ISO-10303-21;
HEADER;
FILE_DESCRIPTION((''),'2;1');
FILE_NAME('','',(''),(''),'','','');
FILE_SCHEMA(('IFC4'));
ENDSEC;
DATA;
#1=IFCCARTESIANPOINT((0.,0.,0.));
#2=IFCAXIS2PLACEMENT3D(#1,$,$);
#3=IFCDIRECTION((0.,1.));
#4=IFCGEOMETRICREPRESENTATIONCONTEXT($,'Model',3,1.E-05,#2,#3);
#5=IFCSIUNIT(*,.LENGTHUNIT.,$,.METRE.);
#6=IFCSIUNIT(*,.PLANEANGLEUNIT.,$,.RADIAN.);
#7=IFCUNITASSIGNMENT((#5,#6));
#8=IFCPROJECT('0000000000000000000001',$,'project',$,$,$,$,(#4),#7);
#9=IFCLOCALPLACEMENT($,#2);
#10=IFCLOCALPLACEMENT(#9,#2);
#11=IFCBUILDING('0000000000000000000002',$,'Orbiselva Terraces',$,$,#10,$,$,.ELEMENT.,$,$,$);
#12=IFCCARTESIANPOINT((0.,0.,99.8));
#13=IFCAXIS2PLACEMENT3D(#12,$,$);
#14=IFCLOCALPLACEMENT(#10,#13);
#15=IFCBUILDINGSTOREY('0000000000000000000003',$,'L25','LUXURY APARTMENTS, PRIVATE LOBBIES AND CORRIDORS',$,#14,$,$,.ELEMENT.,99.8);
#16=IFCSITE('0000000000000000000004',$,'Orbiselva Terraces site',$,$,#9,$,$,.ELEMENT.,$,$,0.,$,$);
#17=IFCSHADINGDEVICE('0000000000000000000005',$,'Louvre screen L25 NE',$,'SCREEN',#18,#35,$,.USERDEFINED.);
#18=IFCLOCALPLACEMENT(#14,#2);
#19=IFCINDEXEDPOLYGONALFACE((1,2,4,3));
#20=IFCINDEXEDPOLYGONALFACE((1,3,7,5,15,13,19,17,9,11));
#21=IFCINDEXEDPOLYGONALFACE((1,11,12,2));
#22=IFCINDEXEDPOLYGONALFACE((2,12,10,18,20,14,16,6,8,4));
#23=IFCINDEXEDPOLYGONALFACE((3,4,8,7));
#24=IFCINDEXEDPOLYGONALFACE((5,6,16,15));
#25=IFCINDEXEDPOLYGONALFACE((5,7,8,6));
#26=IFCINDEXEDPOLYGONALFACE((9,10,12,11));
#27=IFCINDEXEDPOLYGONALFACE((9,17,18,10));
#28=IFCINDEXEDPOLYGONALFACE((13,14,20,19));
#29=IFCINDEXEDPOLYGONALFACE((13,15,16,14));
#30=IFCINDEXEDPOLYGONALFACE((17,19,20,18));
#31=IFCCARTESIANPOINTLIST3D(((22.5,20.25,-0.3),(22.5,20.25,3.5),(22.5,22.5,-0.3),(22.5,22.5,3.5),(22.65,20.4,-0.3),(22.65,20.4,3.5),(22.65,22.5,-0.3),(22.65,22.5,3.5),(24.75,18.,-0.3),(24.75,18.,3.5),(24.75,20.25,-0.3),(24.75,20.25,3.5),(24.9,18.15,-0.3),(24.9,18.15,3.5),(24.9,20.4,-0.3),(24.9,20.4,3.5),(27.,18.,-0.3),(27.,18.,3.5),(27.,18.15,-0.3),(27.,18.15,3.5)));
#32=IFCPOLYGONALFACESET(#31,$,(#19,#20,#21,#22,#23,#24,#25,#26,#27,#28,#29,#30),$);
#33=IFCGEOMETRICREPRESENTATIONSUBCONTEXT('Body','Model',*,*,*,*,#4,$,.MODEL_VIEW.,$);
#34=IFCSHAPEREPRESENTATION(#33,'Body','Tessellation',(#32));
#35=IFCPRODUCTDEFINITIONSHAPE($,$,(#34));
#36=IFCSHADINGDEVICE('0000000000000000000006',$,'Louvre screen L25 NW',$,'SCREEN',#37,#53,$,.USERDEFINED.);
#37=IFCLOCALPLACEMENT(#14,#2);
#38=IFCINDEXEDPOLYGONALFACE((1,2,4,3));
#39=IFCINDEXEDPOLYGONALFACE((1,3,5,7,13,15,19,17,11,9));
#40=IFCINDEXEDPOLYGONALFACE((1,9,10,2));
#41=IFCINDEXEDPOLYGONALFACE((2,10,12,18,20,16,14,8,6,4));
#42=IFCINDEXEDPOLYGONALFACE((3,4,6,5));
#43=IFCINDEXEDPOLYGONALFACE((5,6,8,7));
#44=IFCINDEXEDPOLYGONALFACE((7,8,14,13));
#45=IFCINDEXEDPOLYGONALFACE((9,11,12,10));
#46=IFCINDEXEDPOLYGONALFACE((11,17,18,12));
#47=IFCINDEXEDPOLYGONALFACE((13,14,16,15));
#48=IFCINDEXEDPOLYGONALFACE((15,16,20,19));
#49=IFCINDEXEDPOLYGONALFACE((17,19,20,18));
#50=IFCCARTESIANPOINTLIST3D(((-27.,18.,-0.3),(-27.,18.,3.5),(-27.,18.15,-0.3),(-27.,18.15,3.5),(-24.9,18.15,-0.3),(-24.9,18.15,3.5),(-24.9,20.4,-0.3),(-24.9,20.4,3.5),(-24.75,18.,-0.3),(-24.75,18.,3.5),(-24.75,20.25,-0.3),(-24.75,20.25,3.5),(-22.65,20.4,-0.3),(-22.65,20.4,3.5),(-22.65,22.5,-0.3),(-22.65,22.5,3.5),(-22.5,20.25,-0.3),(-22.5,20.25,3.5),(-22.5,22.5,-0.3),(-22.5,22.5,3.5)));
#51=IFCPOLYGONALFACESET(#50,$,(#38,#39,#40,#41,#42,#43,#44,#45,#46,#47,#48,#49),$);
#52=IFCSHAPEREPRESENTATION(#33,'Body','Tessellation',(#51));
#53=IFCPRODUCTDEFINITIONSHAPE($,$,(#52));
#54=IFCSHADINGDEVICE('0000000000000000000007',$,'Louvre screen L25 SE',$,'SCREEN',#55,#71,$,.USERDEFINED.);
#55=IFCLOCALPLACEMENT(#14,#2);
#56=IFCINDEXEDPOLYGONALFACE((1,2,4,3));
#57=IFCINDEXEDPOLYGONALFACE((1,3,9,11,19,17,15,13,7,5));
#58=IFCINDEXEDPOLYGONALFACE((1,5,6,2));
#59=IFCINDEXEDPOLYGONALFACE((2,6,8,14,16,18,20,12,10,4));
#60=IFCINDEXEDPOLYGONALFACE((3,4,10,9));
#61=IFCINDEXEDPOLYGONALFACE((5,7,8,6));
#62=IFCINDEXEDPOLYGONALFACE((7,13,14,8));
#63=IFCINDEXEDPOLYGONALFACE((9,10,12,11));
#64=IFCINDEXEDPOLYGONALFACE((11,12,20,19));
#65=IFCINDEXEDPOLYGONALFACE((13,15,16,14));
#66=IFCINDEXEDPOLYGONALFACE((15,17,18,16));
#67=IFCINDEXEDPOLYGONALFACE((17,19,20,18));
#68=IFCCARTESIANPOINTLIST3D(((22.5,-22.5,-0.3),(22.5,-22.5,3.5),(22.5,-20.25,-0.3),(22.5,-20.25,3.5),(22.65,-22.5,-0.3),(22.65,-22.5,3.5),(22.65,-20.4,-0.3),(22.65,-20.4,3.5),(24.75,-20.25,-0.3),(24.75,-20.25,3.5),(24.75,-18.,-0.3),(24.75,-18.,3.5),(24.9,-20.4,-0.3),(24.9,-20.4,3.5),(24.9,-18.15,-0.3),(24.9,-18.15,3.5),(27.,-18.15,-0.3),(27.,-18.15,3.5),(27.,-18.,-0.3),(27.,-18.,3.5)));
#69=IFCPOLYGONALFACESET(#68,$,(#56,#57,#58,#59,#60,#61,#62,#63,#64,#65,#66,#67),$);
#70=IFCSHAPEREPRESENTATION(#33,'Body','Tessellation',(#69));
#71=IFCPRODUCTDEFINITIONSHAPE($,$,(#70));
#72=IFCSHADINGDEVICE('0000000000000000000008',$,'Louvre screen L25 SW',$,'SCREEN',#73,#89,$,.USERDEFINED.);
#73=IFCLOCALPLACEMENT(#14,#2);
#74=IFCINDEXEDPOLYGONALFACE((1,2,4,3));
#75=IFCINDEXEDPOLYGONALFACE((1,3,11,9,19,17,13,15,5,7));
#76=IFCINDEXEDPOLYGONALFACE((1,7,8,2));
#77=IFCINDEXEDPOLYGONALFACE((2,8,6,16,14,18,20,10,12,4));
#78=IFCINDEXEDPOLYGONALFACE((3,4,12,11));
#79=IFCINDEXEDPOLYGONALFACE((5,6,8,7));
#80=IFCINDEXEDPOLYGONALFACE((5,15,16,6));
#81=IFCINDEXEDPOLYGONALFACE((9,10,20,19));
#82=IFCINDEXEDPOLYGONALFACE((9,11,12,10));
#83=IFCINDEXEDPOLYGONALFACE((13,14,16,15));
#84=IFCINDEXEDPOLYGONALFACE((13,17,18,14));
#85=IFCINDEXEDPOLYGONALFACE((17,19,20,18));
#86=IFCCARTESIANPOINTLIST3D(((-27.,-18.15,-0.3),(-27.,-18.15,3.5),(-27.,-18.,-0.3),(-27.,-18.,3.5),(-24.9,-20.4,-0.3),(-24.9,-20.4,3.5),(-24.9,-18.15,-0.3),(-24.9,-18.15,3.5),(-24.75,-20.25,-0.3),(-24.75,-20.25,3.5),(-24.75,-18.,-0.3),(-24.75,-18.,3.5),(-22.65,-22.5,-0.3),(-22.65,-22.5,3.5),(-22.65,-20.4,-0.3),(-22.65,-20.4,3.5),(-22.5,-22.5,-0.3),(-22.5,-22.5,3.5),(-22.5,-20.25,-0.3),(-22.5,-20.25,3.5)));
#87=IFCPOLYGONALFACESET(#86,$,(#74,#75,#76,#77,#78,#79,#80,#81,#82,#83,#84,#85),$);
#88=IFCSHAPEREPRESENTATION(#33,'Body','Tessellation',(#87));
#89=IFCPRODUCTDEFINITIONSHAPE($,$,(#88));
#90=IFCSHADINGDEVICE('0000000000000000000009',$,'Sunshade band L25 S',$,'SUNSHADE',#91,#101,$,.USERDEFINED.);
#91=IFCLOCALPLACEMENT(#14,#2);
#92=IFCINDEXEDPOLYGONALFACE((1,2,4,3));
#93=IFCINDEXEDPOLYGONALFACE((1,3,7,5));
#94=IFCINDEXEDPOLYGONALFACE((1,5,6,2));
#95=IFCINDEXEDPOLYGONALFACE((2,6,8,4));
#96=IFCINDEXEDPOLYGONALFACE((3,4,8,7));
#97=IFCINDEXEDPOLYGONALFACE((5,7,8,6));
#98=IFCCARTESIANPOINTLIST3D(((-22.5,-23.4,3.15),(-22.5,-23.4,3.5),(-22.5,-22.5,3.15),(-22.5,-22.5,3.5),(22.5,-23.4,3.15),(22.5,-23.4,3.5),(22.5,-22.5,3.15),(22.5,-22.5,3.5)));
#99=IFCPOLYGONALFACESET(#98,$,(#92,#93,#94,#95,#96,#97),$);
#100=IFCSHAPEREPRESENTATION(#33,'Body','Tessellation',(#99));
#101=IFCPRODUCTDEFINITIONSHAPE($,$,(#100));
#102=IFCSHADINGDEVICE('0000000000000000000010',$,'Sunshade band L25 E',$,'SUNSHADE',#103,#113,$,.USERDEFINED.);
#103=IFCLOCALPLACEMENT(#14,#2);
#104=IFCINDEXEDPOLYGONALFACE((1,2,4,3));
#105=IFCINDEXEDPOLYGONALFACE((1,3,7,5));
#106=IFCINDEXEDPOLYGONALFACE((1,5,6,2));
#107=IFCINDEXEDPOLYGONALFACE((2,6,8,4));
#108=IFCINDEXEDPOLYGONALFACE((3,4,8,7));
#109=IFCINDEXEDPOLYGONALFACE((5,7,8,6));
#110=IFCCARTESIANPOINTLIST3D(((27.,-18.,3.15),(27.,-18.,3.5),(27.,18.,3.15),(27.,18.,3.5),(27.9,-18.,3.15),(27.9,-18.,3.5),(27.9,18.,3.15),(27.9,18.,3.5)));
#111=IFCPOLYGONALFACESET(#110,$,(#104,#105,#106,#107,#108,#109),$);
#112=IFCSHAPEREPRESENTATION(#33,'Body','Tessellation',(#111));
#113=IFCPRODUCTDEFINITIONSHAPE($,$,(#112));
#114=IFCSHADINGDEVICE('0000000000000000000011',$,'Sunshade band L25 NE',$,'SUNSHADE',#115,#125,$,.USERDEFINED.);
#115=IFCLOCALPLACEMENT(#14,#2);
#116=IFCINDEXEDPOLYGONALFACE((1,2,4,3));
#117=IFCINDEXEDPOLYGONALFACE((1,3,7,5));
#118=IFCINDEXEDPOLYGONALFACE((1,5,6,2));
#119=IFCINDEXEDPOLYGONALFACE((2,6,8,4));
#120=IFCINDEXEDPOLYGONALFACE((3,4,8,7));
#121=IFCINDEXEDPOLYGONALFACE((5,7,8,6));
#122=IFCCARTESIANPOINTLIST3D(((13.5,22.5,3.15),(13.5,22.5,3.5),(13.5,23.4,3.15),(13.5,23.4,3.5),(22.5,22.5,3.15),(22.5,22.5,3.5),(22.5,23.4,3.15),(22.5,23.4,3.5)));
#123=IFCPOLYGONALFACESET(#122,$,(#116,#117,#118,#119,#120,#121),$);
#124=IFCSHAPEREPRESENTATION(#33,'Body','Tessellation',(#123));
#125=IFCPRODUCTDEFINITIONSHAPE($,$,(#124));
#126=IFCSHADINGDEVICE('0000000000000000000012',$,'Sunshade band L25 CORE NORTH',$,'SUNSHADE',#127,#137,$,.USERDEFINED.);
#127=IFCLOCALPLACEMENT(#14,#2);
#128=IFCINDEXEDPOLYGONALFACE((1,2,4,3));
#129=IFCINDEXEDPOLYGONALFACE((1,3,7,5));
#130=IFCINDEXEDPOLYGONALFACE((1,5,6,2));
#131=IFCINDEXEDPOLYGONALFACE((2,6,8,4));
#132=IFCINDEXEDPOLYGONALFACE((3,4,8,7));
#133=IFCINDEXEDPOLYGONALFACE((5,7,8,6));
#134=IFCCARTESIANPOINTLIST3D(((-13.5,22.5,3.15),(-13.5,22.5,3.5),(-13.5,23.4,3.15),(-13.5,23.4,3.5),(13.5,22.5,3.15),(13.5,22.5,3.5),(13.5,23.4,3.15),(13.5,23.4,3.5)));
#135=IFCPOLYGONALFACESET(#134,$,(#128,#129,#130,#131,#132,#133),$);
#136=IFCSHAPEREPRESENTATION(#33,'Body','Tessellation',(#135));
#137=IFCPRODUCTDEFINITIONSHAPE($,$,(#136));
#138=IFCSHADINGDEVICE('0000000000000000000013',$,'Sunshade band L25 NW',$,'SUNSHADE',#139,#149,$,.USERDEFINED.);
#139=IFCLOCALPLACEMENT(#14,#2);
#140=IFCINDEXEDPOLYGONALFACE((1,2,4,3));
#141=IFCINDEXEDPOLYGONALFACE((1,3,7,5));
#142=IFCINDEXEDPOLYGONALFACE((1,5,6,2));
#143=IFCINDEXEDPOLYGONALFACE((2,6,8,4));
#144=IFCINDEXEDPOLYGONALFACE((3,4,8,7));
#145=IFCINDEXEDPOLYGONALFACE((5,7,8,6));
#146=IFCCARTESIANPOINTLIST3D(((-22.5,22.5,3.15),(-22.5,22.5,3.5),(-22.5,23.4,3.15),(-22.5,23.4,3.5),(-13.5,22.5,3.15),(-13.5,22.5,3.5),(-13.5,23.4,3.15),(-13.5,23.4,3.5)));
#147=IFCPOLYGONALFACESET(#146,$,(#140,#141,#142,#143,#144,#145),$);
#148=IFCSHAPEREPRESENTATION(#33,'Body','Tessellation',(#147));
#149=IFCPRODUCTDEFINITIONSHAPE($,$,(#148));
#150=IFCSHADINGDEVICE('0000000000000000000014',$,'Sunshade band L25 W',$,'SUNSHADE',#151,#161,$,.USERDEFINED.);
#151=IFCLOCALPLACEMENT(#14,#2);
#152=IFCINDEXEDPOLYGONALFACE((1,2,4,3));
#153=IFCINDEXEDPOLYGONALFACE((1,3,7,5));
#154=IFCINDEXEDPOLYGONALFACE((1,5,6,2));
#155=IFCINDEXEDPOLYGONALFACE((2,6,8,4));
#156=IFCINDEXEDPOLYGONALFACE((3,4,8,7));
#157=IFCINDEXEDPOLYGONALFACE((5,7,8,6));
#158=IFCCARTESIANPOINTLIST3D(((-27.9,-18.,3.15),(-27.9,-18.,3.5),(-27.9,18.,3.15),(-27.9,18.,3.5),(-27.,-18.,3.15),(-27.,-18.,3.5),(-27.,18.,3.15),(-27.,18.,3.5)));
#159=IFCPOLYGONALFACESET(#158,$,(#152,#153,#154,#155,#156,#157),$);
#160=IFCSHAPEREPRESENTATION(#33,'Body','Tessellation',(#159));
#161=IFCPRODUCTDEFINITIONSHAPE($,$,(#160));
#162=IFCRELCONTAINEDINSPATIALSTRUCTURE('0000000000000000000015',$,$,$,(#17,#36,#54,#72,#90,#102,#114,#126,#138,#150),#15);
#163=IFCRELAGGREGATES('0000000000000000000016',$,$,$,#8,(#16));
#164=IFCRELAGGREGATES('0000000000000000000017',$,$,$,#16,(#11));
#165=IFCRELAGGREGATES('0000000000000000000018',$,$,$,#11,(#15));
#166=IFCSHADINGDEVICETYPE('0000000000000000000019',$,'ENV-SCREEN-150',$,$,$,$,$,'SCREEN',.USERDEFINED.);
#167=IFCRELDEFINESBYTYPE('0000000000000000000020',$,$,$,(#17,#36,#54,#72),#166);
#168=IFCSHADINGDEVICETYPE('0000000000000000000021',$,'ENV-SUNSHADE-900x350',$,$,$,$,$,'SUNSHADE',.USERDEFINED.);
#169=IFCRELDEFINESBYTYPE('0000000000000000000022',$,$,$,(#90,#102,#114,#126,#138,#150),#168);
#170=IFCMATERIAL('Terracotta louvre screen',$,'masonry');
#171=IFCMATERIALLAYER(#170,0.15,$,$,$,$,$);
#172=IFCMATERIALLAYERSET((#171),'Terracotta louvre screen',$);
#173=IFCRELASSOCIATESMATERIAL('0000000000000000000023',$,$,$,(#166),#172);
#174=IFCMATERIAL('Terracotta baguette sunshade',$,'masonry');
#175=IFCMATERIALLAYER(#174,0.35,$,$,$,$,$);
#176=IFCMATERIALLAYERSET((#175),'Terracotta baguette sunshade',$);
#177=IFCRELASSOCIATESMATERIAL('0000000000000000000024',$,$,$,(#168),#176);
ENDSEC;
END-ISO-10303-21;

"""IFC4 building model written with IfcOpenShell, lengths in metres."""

from ifc_helpers import new_model, si_unit, direction, frame, origin, place, context, subcontext, project, spatial, polyline, outline, extrude, material, layer, layer_set, type_object, element, save


model = new_model("IFC4")

# Units and contexts
model_context = context("Model", 3, precision=1e-05, world=origin(), true_north=direction((0.0, 1.0)))
body_context = subcontext(model_context, "Body", "Model", "MODEL_VIEW")
ifc_project = project(units=[si_unit("LENGTHUNIT", "METRE"), si_unit("PLANEANGLEUNIT", "RADIAN")], contexts=[model_context])

# Site, building, storey
site_placement = place(None, origin())
site = spatial("IfcSite", under=ifc_project, at=site_placement, Name="Orbiselva Terraces site", CompositionType="ELEMENT", RefElevation=0.0)
building_placement = place(site_placement, origin())
building = spatial("IfcBuilding", under=site, at=building_placement, Name="Orbiselva Terraces", CompositionType="ELEMENT")
storey_placement = place(building_placement, frame((0.0, 0.0, 99.8)))
storey = spatial("IfcBuildingStorey", under=building, at=storey_placement, Name="L25", Description="LUXURY APARTMENTS, PRIVATE LOBBIES AND CORRIDORS", CompositionType="ELEMENT", Elevation=99.8)

# Shading devices
ifc_material_1 = material(Name="Terracotta louvre screen", Category="masonry")
ifc_layer_1 = layer(ifc_material_1, 0.15)
ifc_layer_set_1 = layer_set([ifc_layer_1], Name="Terracotta louvre screen")
shading_device_type_1 = type_object("IfcShadingDeviceType", Name="ENV-SCREEN-150", ElementType="SCREEN", PredefinedType="USERDEFINED", material=ifc_layer_set_1)
shading_device_1_placement = place(storey_placement, frame((0.0, 0.0, -0.3)))
element("IfcShadingDevice", 1, at=shading_device_1_placement, inside=storey, type_object=shading_device_type_1, Name="Louvre screen L25 NE", ObjectType="SCREEN", PredefinedType="USERDEFINED", context=body_context, shape_type="SweptSolid", body=[
    extrude(outline(polyline([(27.0, 18.15), (24.9, 18.15), (24.9, 20.4), (22.65, 20.4), (22.65, 22.5), (22.5, 22.5), (22.5, 20.25), (24.75, 20.25), (24.75, 18.0), (27.0, 18.0), (27.0, 18.15)])), origin(), (0.0, 0.0, 1.0), 3.8),
])
shading_device_2_placement = place(storey_placement, frame((0.0, 0.0, -0.3)))
element("IfcShadingDevice", 2, at=shading_device_2_placement, inside=storey, type_object=shading_device_type_1, Name="Louvre screen L25 NW", ObjectType="SCREEN", PredefinedType="USERDEFINED", context=body_context, shape_type="SweptSolid", body=[
    extrude(outline(polyline([(-22.65, 22.5), (-22.65, 20.4), (-24.9, 20.4), (-24.9, 18.15), (-27.0, 18.15), (-27.0, 18.0), (-24.75, 18.0), (-24.75, 20.25), (-22.5, 20.25), (-22.5, 22.5), (-22.65, 22.5)])), origin(), (0.0, 0.0, 1.0), 3.8),
])
shading_device_3_placement = place(storey_placement, frame((0.0, 0.0, -0.3)))
element("IfcShadingDevice", 3, at=shading_device_3_placement, inside=storey, type_object=shading_device_type_1, Name="Louvre screen L25 SE", ObjectType="SCREEN", PredefinedType="USERDEFINED", context=body_context, shape_type="SweptSolid", body=[
    extrude(outline(polyline([(22.65, -22.5), (22.65, -20.4), (24.9, -20.4), (24.9, -18.15), (27.0, -18.15), (27.0, -18.0), (24.75, -18.0), (24.75, -20.25), (22.5, -20.25), (22.5, -22.5), (22.65, -22.5)])), origin(), (0.0, 0.0, 1.0), 3.8),
])
shading_device_4_placement = place(storey_placement, frame((0.0, 0.0, -0.3)))
element("IfcShadingDevice", 4, at=shading_device_4_placement, inside=storey, type_object=shading_device_type_1, Name="Louvre screen L25 SW", ObjectType="SCREEN", PredefinedType="USERDEFINED", context=body_context, shape_type="SweptSolid", body=[
    extrude(outline(polyline([(-27.0, -18.15), (-24.9, -18.15), (-24.9, -20.4), (-22.65, -20.4), (-22.65, -22.5), (-22.5, -22.5), (-22.5, -20.25), (-24.75, -20.25), (-24.75, -18.0), (-27.0, -18.0), (-27.0, -18.15)])), origin(), (0.0, 0.0, 1.0), 3.8),
])
ifc_material_2 = material(Name="Terracotta baguette sunshade", Category="masonry")
ifc_layer_2 = layer(ifc_material_2, 0.35)
ifc_layer_set_2 = layer_set([ifc_layer_2], Name="Terracotta baguette sunshade")
shading_device_type_2 = type_object("IfcShadingDeviceType", Name="ENV-SUNSHADE-900x350", ElementType="SUNSHADE", PredefinedType="USERDEFINED", material=ifc_layer_set_2)
shading_device_5_placement = place(storey_placement, frame((0.0, 0.0, 3.15)))
element("IfcShadingDevice", 5, at=shading_device_5_placement, inside=storey, type_object=shading_device_type_2, Name="Sunshade band L25 S", ObjectType="SUNSHADE", PredefinedType="USERDEFINED", context=body_context, shape_type="SweptSolid", body=[
    extrude(outline(polyline([(-22.5, -23.4), (22.5, -23.4), (22.5, -22.5), (-22.5, -22.5), (-22.5, -23.4)])), origin(), (0.0, 0.0, 1.0), 0.35),
])
shading_device_6_placement = place(storey_placement, frame((0.0, 0.0, 3.15)))
element("IfcShadingDevice", 6, at=shading_device_6_placement, inside=storey, type_object=shading_device_type_2, Name="Sunshade band L25 E", ObjectType="SUNSHADE", PredefinedType="USERDEFINED", context=body_context, shape_type="SweptSolid", body=[
    extrude(outline(polyline([(27.9, -18.0), (27.9, 18.0), (27.0, 18.0), (27.0, -18.0), (27.9, -18.0)])), origin(), (0.0, 0.0, 1.0), 0.35),
])
shading_device_7_placement = place(storey_placement, frame((0.0, 0.0, 3.15)))
element("IfcShadingDevice", 7, at=shading_device_7_placement, inside=storey, type_object=shading_device_type_2, Name="Sunshade band L25 NE", ObjectType="SUNSHADE", PredefinedType="USERDEFINED", context=body_context, shape_type="SweptSolid", body=[
    extrude(outline(polyline([(22.5, 23.4), (13.5, 23.4), (13.5, 22.5), (22.5, 22.5), (22.5, 23.4)])), origin(), (0.0, 0.0, 1.0), 0.35),
])
shading_device_8_placement = place(storey_placement, frame((0.0, 0.0, 3.15)))
element("IfcShadingDevice", 8, at=shading_device_8_placement, inside=storey, type_object=shading_device_type_2, Name="Sunshade band L25 CORE NORTH", ObjectType="SUNSHADE", PredefinedType="USERDEFINED", context=body_context, shape_type="SweptSolid", body=[
    extrude(outline(polyline([(13.5, 23.4), (-13.5, 23.4), (-13.5, 22.5), (13.5, 22.5), (13.5, 23.4)])), origin(), (0.0, 0.0, 1.0), 0.35),
])
shading_device_9_placement = place(storey_placement, frame((0.0, 0.0, 3.15)))
element("IfcShadingDevice", 9, at=shading_device_9_placement, inside=storey, type_object=shading_device_type_2, Name="Sunshade band L25 NW", ObjectType="SUNSHADE", PredefinedType="USERDEFINED", context=body_context, shape_type="SweptSolid", body=[
    extrude(outline(polyline([(-13.5, 23.4), (-22.5, 23.4), (-22.5, 22.5), (-13.5, 22.5), (-13.5, 23.4)])), origin(), (0.0, 0.0, 1.0), 0.35),
])
shading_device_10_placement = place(storey_placement, frame((0.0, 0.0, 3.15)))
element("IfcShadingDevice", 10, at=shading_device_10_placement, inside=storey, type_object=shading_device_type_2, Name="Sunshade band L25 W", ObjectType="SUNSHADE", PredefinedType="USERDEFINED", context=body_context, shape_type="SweptSolid", body=[
    extrude(outline(polyline([(-27.9, 18.0), (-27.9, -18.0), (-27.0, -18.0), (-27.0, 18.0), (-27.9, 18.0)])), origin(), (0.0, 0.0, 1.0), 0.35),
])

save(model, "model.ifc")
